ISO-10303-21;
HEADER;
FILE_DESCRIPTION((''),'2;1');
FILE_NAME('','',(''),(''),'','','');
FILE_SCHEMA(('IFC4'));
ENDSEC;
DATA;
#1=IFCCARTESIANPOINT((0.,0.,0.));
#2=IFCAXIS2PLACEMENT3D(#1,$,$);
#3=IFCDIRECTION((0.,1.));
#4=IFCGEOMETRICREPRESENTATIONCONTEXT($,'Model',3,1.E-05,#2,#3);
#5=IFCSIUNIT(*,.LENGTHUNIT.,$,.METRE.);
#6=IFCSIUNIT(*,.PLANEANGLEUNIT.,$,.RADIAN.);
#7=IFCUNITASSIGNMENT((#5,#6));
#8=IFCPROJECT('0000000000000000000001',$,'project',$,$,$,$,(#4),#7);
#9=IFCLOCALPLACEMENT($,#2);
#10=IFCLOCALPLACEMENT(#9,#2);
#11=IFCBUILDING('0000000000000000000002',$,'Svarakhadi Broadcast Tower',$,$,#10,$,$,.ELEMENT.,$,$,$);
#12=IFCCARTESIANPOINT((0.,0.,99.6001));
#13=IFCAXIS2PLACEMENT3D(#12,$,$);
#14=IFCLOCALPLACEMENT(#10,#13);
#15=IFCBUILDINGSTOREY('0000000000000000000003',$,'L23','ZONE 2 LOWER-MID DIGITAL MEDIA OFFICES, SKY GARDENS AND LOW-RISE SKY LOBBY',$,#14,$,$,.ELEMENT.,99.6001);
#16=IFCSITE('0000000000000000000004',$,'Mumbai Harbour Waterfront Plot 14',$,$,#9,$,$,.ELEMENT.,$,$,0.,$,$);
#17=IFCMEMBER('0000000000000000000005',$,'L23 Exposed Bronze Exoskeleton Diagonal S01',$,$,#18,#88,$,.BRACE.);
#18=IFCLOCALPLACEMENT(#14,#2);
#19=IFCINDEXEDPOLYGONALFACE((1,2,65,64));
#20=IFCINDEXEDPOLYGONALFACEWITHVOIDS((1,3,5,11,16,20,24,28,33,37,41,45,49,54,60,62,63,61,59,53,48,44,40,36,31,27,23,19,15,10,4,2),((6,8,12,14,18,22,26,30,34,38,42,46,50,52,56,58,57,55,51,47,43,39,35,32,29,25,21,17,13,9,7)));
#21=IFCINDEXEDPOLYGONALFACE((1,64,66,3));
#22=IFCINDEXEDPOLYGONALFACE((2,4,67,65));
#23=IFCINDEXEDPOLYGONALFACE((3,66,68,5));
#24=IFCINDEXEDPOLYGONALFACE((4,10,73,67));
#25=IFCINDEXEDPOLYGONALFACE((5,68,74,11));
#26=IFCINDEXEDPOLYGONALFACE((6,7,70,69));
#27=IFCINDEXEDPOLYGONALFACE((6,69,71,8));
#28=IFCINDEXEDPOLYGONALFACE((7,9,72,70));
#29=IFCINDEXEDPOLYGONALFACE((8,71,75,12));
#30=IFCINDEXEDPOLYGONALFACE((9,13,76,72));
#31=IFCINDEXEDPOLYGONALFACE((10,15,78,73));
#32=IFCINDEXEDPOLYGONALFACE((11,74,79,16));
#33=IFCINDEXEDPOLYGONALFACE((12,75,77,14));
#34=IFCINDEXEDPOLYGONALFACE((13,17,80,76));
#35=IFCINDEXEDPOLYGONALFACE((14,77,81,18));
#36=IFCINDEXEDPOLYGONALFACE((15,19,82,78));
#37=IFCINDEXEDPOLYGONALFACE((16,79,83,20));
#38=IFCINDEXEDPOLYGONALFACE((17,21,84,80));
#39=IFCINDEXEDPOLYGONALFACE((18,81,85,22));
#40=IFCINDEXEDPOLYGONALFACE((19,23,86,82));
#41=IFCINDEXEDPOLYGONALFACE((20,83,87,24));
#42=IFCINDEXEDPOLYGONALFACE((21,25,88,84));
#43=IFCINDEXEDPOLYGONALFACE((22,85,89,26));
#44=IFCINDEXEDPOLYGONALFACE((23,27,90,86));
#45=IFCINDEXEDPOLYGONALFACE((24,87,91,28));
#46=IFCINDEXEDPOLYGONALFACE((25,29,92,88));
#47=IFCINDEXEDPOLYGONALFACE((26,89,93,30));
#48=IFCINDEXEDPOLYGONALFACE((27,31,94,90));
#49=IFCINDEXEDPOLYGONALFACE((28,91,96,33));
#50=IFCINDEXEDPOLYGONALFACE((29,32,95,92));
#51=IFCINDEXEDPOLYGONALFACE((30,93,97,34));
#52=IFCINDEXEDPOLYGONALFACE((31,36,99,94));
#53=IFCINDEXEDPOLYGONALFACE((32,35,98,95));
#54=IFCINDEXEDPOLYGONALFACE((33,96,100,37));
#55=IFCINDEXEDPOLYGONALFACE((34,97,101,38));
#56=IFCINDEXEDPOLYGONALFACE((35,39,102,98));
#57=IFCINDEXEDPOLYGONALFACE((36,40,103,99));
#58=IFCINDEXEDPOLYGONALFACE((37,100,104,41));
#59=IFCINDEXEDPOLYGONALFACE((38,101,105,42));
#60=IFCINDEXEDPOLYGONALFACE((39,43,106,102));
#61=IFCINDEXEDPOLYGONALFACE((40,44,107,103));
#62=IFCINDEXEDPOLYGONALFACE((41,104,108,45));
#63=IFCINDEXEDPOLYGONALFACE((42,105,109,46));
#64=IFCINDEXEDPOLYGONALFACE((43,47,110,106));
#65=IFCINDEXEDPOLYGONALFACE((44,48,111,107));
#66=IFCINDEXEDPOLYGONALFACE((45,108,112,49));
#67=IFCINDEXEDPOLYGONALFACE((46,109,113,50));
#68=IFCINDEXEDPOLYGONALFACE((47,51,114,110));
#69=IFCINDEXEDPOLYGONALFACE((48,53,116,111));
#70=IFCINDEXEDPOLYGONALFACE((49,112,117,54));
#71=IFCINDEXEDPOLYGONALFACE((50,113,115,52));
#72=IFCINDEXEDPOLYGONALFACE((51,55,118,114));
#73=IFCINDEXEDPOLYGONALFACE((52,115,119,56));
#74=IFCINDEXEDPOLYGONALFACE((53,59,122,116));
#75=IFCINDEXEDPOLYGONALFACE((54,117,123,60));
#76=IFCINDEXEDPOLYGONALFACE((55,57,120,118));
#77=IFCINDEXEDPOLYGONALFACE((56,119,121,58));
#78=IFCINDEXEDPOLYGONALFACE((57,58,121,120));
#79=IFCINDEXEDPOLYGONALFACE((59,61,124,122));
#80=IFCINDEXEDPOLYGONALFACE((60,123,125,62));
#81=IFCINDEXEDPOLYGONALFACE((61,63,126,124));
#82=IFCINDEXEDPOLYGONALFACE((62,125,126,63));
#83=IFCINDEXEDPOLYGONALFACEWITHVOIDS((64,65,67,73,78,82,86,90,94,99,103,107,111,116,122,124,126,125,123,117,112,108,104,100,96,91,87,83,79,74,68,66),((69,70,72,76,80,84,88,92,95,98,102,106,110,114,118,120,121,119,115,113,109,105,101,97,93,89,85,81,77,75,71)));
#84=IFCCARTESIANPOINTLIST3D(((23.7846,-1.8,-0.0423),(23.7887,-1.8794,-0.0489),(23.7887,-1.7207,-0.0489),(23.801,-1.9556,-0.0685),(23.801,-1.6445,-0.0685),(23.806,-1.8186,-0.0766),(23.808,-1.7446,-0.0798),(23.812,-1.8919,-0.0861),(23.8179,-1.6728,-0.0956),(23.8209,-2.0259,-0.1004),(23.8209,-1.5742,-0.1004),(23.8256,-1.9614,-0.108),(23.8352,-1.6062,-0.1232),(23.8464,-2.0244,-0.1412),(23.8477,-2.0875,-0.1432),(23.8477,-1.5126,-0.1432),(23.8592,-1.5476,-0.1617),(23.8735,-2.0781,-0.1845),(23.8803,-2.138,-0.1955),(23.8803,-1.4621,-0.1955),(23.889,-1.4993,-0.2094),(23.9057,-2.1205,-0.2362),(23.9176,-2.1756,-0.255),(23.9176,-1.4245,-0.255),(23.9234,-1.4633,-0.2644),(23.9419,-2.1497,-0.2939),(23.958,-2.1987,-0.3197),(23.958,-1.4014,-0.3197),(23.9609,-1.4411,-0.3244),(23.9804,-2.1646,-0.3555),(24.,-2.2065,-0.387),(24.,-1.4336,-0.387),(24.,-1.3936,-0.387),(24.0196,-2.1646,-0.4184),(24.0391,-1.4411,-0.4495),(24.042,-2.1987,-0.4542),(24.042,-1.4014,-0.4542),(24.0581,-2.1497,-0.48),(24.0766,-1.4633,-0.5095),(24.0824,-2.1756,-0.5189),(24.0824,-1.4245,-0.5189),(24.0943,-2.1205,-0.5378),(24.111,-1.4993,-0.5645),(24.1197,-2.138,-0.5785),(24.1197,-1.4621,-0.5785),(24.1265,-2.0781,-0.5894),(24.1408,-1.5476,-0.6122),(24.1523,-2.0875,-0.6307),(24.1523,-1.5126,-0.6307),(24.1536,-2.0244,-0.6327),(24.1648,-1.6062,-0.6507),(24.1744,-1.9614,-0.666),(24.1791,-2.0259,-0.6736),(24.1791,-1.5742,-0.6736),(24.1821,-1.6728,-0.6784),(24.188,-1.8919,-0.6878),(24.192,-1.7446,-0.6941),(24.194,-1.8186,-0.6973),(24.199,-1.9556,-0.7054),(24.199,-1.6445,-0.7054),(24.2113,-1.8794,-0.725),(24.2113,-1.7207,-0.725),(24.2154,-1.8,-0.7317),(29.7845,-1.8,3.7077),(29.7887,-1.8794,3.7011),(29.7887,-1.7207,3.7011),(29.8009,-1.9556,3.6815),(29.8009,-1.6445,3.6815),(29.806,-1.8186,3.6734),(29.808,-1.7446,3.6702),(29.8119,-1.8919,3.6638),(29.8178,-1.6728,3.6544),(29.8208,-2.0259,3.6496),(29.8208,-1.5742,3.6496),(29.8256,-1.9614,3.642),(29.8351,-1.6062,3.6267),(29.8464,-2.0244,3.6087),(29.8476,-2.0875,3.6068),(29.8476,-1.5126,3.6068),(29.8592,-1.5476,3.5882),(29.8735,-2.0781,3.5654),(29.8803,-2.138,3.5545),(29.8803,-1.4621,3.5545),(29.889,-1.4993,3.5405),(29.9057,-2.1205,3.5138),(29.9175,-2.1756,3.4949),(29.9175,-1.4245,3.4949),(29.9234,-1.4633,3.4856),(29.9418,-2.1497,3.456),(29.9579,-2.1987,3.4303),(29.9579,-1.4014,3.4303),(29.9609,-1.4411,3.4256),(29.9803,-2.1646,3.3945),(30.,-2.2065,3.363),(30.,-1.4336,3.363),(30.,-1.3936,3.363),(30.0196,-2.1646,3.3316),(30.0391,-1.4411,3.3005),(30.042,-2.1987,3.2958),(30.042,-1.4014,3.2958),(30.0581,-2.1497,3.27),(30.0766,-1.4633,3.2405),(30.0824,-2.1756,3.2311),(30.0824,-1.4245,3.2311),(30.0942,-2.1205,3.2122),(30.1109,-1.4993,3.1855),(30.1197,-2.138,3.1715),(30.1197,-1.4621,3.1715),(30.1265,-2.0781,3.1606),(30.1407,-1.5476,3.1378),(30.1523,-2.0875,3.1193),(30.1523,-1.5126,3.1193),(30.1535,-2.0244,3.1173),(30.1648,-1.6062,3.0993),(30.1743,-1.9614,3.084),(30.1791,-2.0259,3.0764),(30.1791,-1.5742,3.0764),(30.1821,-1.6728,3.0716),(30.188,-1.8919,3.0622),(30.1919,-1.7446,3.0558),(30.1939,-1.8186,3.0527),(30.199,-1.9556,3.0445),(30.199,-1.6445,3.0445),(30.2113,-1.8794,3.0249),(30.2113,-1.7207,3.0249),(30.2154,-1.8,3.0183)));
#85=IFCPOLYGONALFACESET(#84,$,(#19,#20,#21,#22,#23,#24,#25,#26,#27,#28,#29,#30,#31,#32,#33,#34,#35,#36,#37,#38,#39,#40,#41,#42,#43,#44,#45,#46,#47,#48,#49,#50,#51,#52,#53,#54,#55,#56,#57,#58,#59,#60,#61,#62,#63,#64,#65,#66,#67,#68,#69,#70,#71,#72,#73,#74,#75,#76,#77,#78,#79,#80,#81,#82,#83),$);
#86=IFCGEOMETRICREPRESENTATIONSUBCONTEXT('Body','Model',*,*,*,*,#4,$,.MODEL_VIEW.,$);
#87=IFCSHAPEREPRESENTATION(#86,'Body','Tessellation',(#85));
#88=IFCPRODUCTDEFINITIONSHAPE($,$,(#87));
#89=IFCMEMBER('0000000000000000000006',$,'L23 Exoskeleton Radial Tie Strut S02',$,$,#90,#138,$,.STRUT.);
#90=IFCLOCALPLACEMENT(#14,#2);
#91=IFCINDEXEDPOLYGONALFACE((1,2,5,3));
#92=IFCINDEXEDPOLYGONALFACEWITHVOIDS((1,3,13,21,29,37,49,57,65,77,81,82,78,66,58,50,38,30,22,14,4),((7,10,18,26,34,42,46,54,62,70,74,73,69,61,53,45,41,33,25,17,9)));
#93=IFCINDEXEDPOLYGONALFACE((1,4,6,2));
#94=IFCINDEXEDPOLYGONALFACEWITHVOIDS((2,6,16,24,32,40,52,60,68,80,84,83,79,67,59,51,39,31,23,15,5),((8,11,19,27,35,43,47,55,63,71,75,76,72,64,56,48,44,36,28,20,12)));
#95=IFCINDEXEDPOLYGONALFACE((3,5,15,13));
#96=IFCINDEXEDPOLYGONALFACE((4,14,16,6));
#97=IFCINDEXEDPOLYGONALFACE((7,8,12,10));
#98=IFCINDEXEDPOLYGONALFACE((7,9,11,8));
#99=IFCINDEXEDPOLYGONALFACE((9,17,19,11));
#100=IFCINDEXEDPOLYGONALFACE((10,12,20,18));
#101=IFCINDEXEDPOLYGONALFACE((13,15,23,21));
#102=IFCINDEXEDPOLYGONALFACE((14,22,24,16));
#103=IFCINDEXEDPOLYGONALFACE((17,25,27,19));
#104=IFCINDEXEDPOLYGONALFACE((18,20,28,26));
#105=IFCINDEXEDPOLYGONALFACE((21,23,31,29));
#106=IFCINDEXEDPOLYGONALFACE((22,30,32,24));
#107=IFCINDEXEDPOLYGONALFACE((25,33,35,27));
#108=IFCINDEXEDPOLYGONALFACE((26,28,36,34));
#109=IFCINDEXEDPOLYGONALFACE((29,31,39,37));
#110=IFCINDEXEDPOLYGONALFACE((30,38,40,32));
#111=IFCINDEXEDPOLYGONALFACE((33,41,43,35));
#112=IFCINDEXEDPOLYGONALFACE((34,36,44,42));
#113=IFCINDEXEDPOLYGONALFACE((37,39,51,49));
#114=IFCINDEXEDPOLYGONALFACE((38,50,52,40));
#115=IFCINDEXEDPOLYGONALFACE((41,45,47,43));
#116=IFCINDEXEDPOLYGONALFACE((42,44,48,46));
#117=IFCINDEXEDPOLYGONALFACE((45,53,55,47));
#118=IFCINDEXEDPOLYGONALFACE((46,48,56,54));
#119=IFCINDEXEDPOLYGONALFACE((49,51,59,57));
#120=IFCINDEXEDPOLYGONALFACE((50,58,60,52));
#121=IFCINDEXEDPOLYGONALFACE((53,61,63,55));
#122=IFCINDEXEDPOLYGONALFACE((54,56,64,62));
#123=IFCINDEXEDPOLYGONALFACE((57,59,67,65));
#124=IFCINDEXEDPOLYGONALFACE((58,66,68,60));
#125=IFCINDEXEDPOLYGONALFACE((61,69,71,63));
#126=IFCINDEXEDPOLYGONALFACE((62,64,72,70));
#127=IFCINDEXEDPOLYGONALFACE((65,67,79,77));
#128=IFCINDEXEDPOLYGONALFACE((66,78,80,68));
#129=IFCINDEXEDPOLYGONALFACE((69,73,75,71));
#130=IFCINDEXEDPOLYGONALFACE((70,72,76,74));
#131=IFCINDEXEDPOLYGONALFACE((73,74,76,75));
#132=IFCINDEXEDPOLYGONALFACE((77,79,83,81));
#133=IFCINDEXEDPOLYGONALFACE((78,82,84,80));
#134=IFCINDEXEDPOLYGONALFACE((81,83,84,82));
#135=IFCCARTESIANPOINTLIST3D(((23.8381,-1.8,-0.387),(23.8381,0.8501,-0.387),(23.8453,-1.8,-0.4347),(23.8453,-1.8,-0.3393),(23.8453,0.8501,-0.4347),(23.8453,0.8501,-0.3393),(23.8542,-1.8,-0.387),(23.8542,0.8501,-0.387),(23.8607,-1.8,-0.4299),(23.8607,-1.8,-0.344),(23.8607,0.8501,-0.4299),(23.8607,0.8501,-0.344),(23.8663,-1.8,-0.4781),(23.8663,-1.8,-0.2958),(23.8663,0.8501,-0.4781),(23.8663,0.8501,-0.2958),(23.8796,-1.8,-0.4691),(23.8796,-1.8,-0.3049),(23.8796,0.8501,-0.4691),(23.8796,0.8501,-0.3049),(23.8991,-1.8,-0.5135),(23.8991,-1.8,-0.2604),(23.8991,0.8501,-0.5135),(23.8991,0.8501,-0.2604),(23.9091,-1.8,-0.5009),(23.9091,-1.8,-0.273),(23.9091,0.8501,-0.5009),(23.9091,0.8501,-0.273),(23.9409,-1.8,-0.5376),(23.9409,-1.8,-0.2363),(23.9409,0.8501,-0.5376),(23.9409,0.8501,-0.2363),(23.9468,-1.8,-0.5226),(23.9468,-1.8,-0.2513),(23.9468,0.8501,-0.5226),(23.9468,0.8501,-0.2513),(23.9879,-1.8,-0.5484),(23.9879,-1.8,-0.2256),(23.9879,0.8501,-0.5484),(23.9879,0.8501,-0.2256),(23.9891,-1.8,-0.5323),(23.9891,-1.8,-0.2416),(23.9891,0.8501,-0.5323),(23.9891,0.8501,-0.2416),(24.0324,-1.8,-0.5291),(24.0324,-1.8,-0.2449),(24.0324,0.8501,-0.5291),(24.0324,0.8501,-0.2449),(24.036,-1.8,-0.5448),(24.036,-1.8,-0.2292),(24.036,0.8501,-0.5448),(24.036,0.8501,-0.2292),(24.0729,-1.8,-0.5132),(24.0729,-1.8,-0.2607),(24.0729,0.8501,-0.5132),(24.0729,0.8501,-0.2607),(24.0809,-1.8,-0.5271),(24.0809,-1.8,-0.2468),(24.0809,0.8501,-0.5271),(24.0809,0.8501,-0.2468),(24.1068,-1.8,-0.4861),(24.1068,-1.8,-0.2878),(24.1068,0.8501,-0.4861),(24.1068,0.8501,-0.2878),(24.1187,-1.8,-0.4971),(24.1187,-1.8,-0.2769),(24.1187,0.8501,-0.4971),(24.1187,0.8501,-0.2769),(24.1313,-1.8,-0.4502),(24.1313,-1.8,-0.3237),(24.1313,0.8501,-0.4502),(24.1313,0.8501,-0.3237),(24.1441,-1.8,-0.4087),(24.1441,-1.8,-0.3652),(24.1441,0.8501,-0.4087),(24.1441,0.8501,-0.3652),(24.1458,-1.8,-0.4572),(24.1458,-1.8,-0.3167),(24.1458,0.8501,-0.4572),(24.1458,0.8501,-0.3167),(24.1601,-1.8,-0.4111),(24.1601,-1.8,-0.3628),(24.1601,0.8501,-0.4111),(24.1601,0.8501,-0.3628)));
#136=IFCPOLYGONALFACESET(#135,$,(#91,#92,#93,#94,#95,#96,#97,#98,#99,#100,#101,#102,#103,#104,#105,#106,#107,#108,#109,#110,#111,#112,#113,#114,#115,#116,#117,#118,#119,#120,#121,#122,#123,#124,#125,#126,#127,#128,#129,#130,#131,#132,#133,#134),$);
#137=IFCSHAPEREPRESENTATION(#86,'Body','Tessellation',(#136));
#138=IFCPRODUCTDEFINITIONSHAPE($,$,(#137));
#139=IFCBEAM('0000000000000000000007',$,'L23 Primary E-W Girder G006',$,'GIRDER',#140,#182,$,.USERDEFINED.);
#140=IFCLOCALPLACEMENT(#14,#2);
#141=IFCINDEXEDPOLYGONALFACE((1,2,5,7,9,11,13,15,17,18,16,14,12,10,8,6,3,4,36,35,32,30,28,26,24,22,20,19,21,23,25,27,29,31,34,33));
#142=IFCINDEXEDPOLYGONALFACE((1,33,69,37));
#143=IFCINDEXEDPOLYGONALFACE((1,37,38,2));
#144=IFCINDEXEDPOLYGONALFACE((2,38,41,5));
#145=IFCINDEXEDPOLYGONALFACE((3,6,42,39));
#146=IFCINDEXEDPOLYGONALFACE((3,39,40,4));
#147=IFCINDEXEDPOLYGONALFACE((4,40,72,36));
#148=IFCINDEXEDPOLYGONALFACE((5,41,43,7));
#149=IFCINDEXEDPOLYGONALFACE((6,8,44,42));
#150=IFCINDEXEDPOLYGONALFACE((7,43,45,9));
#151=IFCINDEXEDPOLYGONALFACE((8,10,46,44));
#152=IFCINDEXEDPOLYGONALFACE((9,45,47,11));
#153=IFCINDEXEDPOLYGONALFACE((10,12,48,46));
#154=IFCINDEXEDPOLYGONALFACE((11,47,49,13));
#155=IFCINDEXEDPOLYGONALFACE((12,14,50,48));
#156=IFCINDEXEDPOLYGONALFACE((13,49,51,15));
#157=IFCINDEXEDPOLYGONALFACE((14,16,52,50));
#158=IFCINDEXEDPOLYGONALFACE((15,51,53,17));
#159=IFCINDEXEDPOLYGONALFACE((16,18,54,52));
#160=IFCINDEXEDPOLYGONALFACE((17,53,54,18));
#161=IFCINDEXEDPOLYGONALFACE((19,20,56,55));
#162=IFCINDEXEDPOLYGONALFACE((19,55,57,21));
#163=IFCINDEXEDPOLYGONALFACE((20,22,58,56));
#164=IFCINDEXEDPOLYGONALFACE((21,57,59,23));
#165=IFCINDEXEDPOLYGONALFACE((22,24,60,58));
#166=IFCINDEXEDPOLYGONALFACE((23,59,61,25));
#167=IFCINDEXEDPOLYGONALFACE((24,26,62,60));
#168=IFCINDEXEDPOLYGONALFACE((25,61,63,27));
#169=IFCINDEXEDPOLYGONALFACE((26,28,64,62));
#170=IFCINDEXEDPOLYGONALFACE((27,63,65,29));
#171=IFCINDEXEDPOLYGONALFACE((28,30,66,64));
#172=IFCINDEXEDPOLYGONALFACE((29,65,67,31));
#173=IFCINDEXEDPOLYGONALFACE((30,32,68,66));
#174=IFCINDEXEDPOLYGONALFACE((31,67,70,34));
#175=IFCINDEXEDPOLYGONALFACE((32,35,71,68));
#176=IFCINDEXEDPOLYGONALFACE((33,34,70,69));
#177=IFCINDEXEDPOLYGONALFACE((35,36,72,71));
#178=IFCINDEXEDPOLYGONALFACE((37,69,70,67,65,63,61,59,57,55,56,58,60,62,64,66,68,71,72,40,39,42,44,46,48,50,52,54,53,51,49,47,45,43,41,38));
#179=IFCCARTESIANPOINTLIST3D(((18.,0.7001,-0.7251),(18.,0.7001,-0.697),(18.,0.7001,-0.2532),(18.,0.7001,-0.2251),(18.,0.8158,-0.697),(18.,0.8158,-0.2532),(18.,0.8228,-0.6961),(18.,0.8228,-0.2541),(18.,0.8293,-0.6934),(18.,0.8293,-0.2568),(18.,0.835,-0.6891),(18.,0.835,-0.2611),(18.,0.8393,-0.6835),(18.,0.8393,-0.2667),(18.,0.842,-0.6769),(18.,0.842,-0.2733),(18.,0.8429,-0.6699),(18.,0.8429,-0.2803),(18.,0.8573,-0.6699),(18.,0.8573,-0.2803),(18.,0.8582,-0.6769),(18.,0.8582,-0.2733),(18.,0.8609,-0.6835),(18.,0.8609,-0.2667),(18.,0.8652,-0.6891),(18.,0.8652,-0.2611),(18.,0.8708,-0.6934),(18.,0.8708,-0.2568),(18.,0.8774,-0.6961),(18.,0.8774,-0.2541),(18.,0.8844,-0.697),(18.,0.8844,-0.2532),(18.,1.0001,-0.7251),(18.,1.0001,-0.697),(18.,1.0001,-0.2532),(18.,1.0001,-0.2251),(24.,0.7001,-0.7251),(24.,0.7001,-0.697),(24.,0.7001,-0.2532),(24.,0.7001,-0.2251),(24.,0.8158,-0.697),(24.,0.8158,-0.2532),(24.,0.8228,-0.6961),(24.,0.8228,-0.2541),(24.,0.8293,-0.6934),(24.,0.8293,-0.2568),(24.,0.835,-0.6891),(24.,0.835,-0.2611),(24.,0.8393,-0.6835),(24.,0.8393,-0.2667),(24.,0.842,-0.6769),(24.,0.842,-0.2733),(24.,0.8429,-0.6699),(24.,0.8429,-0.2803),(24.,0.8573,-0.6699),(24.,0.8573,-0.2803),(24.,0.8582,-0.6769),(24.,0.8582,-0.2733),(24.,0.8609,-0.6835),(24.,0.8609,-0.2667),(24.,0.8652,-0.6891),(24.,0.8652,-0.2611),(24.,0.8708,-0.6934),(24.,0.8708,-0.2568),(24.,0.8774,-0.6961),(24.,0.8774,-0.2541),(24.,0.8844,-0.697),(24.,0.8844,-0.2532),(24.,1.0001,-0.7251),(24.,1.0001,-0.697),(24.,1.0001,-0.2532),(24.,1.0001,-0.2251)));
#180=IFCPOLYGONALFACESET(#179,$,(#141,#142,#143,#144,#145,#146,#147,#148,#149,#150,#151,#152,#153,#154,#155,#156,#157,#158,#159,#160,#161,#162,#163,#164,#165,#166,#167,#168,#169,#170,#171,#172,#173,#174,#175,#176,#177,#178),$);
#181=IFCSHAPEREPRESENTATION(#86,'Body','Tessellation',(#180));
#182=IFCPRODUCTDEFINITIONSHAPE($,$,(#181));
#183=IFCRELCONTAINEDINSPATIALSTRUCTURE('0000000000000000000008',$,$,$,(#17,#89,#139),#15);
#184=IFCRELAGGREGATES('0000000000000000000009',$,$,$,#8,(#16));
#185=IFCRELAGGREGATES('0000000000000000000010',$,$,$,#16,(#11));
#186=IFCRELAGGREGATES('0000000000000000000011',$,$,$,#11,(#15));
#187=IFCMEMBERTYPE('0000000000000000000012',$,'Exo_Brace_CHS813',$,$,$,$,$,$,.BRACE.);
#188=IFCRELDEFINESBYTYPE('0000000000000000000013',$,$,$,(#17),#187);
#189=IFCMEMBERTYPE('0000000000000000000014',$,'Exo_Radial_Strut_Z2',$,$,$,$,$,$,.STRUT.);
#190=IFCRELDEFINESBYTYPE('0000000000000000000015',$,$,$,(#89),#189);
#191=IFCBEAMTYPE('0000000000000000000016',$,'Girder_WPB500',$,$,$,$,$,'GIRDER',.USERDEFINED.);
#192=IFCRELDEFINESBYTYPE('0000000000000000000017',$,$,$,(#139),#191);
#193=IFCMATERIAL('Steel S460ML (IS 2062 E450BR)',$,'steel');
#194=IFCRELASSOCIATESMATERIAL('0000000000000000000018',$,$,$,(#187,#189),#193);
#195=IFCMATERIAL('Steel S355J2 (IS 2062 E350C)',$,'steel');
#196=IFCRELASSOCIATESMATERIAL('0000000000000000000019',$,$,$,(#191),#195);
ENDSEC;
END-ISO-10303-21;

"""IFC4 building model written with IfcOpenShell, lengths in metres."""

from ifc_helpers import new_model, si_unit, direction, frame, origin, origin_2d, place, context, subcontext, project, spatial, hollow_circle, i_section, extrude, material, material_profile, profile_set, type_object, element, save


model = new_model("IFC4")

# Units and contexts
model_context = context("Model", 3, precision=1e-05, world=origin(), true_north=direction((0.0, 1.0)))
body_context = subcontext(model_context, "Body", "Model", "MODEL_VIEW")
ifc_project = project(units=[si_unit("LENGTHUNIT", "METRE"), si_unit("PLANEANGLEUNIT", "RADIAN")], contexts=[model_context])

# Site, building, storey
site_placement = place(None, origin())
site = spatial("IfcSite", under=ifc_project, at=site_placement, Name="Mumbai Harbour Waterfront Plot 14", CompositionType="ELEMENT", RefElevation=0.0)
building_placement = place(site_placement, origin())
building = spatial("IfcBuilding", under=site, at=building_placement, Name="Svarakhadi Broadcast Tower", CompositionType="ELEMENT")
storey_placement = place(building_placement, frame((0.0, 0.0, 99.6001)))
storey = spatial("IfcBuildingStorey", under=building, at=storey_placement, Name="L23", Description="ZONE 2 LOWER-MID DIGITAL MEDIA OFFICES, SKY GARDENS AND LOW-RISE SKY LOBBY", CompositionType="ELEMENT", Elevation=99.6001)

# Shared definitions
ifc_material_1 = material(Name="Steel S355J2 (IS 2062 E350C)", Category="steel")

# Members
ifc_material_2 = material(Name="Steel S460ML (IS 2062 E450BR)", Category="steel")
ifc_material_profile_1 = material_profile(ifc_material_2, hollow_circle(Radius=0.4065, WallThickness=0.04, at=origin_2d()), Name="CHS 813x40")
ifc_profile_set_1 = profile_set([ifc_material_profile_1], Name="Steel S460ML (IS 2062 E450BR)")
member_type_1 = type_object("IfcMemberType", Name="Exo_Brace_CHS813", PredefinedType="BRACE", material=ifc_profile_set_1)
member_1_placement = place(storey_placement, frame((24.0, -1.8, -0.387), z_axis=(0.847998, 0.0, 0.529999), x_axis=(0.0, 1.0, 0.0)))
element("IfcMember", 1, at=member_1_placement, inside=storey, type_object=member_type_1, Name="L23 Exposed Bronze Exoskeleton Diagonal S01", PredefinedType="BRACE", context=body_context, shape_type="SweptSolid", body=[
    extrude(hollow_circle(Radius=0.4065, WallThickness=0.04, at=origin_2d()), origin(), (0.0, 0.0, 1.0), 7.0754),
])
ifc_material_profile_2 = material_profile(ifc_material_2, hollow_circle(Radius=0.1619, WallThickness=0.0161, at=origin_2d()), Name="CHS 323.9x16")
ifc_profile_set_2 = profile_set([ifc_material_profile_2], Name="Steel S460ML (IS 2062 E450BR)")
member_type_2 = type_object("IfcMemberType", Name="Exo_Radial_Strut_Z2", PredefinedType="STRUT", material=ifc_profile_set_2)
member_2_placement = place(storey_placement, frame((24.0, -1.8, -0.387), z_axis=(0.0, 1.0, 0.0), x_axis=(-1.0, 0.0, 0.0)))
element("IfcMember", 2, at=member_2_placement, inside=storey, type_object=member_type_2, Name="L23 Exoskeleton Radial Tie Strut S02", PredefinedType="STRUT", context=body_context, shape_type="SweptSolid", body=[
    extrude(hollow_circle(Radius=0.1619, WallThickness=0.0161, at=origin_2d()), origin(), (0.0, 0.0, 1.0), 2.6501),
])

# Beam
ifc_material_profile_3 = material_profile(ifc_material_1, i_section(OverallWidth=0.3, OverallDepth=0.5, WebThickness=0.0144, FlangeThickness=0.0281, FilletRadius=0.0271, at=origin_2d()), Name="WPB 500x300x187")
ifc_profile_set_3 = profile_set([ifc_material_profile_3], Name="Steel S355J2 (IS 2062 E350C)")
beam_type_1 = type_object("IfcBeamType", Name="Girder_WPB500", ElementType="GIRDER", PredefinedType="USERDEFINED", material=ifc_profile_set_3)
for number, where, z_axis, x_axis, name in (
    (3, (18.0, 0.8501, -0.4751), (1.0, 0.0, 0.0), (0.0, 1.0, 0.0), "L23 Primary E-W Girder G006"),
):
    element("IfcBeam", number, at=place(storey_placement, frame(where, z_axis=z_axis, x_axis=x_axis)), inside=storey, type_object=beam_type_1, Name=name, ObjectType="GIRDER", PredefinedType="USERDEFINED", context=body_context, shape_type="SweptSolid", body=[
        extrude(i_section(OverallWidth=0.3, OverallDepth=0.5, WebThickness=0.0144, FlangeThickness=0.0281, FilletRadius=0.0271, at=origin_2d()), origin(), (0.0, 0.0, 1.0), 6.0),
    ])

save(model, "model.ifc")
